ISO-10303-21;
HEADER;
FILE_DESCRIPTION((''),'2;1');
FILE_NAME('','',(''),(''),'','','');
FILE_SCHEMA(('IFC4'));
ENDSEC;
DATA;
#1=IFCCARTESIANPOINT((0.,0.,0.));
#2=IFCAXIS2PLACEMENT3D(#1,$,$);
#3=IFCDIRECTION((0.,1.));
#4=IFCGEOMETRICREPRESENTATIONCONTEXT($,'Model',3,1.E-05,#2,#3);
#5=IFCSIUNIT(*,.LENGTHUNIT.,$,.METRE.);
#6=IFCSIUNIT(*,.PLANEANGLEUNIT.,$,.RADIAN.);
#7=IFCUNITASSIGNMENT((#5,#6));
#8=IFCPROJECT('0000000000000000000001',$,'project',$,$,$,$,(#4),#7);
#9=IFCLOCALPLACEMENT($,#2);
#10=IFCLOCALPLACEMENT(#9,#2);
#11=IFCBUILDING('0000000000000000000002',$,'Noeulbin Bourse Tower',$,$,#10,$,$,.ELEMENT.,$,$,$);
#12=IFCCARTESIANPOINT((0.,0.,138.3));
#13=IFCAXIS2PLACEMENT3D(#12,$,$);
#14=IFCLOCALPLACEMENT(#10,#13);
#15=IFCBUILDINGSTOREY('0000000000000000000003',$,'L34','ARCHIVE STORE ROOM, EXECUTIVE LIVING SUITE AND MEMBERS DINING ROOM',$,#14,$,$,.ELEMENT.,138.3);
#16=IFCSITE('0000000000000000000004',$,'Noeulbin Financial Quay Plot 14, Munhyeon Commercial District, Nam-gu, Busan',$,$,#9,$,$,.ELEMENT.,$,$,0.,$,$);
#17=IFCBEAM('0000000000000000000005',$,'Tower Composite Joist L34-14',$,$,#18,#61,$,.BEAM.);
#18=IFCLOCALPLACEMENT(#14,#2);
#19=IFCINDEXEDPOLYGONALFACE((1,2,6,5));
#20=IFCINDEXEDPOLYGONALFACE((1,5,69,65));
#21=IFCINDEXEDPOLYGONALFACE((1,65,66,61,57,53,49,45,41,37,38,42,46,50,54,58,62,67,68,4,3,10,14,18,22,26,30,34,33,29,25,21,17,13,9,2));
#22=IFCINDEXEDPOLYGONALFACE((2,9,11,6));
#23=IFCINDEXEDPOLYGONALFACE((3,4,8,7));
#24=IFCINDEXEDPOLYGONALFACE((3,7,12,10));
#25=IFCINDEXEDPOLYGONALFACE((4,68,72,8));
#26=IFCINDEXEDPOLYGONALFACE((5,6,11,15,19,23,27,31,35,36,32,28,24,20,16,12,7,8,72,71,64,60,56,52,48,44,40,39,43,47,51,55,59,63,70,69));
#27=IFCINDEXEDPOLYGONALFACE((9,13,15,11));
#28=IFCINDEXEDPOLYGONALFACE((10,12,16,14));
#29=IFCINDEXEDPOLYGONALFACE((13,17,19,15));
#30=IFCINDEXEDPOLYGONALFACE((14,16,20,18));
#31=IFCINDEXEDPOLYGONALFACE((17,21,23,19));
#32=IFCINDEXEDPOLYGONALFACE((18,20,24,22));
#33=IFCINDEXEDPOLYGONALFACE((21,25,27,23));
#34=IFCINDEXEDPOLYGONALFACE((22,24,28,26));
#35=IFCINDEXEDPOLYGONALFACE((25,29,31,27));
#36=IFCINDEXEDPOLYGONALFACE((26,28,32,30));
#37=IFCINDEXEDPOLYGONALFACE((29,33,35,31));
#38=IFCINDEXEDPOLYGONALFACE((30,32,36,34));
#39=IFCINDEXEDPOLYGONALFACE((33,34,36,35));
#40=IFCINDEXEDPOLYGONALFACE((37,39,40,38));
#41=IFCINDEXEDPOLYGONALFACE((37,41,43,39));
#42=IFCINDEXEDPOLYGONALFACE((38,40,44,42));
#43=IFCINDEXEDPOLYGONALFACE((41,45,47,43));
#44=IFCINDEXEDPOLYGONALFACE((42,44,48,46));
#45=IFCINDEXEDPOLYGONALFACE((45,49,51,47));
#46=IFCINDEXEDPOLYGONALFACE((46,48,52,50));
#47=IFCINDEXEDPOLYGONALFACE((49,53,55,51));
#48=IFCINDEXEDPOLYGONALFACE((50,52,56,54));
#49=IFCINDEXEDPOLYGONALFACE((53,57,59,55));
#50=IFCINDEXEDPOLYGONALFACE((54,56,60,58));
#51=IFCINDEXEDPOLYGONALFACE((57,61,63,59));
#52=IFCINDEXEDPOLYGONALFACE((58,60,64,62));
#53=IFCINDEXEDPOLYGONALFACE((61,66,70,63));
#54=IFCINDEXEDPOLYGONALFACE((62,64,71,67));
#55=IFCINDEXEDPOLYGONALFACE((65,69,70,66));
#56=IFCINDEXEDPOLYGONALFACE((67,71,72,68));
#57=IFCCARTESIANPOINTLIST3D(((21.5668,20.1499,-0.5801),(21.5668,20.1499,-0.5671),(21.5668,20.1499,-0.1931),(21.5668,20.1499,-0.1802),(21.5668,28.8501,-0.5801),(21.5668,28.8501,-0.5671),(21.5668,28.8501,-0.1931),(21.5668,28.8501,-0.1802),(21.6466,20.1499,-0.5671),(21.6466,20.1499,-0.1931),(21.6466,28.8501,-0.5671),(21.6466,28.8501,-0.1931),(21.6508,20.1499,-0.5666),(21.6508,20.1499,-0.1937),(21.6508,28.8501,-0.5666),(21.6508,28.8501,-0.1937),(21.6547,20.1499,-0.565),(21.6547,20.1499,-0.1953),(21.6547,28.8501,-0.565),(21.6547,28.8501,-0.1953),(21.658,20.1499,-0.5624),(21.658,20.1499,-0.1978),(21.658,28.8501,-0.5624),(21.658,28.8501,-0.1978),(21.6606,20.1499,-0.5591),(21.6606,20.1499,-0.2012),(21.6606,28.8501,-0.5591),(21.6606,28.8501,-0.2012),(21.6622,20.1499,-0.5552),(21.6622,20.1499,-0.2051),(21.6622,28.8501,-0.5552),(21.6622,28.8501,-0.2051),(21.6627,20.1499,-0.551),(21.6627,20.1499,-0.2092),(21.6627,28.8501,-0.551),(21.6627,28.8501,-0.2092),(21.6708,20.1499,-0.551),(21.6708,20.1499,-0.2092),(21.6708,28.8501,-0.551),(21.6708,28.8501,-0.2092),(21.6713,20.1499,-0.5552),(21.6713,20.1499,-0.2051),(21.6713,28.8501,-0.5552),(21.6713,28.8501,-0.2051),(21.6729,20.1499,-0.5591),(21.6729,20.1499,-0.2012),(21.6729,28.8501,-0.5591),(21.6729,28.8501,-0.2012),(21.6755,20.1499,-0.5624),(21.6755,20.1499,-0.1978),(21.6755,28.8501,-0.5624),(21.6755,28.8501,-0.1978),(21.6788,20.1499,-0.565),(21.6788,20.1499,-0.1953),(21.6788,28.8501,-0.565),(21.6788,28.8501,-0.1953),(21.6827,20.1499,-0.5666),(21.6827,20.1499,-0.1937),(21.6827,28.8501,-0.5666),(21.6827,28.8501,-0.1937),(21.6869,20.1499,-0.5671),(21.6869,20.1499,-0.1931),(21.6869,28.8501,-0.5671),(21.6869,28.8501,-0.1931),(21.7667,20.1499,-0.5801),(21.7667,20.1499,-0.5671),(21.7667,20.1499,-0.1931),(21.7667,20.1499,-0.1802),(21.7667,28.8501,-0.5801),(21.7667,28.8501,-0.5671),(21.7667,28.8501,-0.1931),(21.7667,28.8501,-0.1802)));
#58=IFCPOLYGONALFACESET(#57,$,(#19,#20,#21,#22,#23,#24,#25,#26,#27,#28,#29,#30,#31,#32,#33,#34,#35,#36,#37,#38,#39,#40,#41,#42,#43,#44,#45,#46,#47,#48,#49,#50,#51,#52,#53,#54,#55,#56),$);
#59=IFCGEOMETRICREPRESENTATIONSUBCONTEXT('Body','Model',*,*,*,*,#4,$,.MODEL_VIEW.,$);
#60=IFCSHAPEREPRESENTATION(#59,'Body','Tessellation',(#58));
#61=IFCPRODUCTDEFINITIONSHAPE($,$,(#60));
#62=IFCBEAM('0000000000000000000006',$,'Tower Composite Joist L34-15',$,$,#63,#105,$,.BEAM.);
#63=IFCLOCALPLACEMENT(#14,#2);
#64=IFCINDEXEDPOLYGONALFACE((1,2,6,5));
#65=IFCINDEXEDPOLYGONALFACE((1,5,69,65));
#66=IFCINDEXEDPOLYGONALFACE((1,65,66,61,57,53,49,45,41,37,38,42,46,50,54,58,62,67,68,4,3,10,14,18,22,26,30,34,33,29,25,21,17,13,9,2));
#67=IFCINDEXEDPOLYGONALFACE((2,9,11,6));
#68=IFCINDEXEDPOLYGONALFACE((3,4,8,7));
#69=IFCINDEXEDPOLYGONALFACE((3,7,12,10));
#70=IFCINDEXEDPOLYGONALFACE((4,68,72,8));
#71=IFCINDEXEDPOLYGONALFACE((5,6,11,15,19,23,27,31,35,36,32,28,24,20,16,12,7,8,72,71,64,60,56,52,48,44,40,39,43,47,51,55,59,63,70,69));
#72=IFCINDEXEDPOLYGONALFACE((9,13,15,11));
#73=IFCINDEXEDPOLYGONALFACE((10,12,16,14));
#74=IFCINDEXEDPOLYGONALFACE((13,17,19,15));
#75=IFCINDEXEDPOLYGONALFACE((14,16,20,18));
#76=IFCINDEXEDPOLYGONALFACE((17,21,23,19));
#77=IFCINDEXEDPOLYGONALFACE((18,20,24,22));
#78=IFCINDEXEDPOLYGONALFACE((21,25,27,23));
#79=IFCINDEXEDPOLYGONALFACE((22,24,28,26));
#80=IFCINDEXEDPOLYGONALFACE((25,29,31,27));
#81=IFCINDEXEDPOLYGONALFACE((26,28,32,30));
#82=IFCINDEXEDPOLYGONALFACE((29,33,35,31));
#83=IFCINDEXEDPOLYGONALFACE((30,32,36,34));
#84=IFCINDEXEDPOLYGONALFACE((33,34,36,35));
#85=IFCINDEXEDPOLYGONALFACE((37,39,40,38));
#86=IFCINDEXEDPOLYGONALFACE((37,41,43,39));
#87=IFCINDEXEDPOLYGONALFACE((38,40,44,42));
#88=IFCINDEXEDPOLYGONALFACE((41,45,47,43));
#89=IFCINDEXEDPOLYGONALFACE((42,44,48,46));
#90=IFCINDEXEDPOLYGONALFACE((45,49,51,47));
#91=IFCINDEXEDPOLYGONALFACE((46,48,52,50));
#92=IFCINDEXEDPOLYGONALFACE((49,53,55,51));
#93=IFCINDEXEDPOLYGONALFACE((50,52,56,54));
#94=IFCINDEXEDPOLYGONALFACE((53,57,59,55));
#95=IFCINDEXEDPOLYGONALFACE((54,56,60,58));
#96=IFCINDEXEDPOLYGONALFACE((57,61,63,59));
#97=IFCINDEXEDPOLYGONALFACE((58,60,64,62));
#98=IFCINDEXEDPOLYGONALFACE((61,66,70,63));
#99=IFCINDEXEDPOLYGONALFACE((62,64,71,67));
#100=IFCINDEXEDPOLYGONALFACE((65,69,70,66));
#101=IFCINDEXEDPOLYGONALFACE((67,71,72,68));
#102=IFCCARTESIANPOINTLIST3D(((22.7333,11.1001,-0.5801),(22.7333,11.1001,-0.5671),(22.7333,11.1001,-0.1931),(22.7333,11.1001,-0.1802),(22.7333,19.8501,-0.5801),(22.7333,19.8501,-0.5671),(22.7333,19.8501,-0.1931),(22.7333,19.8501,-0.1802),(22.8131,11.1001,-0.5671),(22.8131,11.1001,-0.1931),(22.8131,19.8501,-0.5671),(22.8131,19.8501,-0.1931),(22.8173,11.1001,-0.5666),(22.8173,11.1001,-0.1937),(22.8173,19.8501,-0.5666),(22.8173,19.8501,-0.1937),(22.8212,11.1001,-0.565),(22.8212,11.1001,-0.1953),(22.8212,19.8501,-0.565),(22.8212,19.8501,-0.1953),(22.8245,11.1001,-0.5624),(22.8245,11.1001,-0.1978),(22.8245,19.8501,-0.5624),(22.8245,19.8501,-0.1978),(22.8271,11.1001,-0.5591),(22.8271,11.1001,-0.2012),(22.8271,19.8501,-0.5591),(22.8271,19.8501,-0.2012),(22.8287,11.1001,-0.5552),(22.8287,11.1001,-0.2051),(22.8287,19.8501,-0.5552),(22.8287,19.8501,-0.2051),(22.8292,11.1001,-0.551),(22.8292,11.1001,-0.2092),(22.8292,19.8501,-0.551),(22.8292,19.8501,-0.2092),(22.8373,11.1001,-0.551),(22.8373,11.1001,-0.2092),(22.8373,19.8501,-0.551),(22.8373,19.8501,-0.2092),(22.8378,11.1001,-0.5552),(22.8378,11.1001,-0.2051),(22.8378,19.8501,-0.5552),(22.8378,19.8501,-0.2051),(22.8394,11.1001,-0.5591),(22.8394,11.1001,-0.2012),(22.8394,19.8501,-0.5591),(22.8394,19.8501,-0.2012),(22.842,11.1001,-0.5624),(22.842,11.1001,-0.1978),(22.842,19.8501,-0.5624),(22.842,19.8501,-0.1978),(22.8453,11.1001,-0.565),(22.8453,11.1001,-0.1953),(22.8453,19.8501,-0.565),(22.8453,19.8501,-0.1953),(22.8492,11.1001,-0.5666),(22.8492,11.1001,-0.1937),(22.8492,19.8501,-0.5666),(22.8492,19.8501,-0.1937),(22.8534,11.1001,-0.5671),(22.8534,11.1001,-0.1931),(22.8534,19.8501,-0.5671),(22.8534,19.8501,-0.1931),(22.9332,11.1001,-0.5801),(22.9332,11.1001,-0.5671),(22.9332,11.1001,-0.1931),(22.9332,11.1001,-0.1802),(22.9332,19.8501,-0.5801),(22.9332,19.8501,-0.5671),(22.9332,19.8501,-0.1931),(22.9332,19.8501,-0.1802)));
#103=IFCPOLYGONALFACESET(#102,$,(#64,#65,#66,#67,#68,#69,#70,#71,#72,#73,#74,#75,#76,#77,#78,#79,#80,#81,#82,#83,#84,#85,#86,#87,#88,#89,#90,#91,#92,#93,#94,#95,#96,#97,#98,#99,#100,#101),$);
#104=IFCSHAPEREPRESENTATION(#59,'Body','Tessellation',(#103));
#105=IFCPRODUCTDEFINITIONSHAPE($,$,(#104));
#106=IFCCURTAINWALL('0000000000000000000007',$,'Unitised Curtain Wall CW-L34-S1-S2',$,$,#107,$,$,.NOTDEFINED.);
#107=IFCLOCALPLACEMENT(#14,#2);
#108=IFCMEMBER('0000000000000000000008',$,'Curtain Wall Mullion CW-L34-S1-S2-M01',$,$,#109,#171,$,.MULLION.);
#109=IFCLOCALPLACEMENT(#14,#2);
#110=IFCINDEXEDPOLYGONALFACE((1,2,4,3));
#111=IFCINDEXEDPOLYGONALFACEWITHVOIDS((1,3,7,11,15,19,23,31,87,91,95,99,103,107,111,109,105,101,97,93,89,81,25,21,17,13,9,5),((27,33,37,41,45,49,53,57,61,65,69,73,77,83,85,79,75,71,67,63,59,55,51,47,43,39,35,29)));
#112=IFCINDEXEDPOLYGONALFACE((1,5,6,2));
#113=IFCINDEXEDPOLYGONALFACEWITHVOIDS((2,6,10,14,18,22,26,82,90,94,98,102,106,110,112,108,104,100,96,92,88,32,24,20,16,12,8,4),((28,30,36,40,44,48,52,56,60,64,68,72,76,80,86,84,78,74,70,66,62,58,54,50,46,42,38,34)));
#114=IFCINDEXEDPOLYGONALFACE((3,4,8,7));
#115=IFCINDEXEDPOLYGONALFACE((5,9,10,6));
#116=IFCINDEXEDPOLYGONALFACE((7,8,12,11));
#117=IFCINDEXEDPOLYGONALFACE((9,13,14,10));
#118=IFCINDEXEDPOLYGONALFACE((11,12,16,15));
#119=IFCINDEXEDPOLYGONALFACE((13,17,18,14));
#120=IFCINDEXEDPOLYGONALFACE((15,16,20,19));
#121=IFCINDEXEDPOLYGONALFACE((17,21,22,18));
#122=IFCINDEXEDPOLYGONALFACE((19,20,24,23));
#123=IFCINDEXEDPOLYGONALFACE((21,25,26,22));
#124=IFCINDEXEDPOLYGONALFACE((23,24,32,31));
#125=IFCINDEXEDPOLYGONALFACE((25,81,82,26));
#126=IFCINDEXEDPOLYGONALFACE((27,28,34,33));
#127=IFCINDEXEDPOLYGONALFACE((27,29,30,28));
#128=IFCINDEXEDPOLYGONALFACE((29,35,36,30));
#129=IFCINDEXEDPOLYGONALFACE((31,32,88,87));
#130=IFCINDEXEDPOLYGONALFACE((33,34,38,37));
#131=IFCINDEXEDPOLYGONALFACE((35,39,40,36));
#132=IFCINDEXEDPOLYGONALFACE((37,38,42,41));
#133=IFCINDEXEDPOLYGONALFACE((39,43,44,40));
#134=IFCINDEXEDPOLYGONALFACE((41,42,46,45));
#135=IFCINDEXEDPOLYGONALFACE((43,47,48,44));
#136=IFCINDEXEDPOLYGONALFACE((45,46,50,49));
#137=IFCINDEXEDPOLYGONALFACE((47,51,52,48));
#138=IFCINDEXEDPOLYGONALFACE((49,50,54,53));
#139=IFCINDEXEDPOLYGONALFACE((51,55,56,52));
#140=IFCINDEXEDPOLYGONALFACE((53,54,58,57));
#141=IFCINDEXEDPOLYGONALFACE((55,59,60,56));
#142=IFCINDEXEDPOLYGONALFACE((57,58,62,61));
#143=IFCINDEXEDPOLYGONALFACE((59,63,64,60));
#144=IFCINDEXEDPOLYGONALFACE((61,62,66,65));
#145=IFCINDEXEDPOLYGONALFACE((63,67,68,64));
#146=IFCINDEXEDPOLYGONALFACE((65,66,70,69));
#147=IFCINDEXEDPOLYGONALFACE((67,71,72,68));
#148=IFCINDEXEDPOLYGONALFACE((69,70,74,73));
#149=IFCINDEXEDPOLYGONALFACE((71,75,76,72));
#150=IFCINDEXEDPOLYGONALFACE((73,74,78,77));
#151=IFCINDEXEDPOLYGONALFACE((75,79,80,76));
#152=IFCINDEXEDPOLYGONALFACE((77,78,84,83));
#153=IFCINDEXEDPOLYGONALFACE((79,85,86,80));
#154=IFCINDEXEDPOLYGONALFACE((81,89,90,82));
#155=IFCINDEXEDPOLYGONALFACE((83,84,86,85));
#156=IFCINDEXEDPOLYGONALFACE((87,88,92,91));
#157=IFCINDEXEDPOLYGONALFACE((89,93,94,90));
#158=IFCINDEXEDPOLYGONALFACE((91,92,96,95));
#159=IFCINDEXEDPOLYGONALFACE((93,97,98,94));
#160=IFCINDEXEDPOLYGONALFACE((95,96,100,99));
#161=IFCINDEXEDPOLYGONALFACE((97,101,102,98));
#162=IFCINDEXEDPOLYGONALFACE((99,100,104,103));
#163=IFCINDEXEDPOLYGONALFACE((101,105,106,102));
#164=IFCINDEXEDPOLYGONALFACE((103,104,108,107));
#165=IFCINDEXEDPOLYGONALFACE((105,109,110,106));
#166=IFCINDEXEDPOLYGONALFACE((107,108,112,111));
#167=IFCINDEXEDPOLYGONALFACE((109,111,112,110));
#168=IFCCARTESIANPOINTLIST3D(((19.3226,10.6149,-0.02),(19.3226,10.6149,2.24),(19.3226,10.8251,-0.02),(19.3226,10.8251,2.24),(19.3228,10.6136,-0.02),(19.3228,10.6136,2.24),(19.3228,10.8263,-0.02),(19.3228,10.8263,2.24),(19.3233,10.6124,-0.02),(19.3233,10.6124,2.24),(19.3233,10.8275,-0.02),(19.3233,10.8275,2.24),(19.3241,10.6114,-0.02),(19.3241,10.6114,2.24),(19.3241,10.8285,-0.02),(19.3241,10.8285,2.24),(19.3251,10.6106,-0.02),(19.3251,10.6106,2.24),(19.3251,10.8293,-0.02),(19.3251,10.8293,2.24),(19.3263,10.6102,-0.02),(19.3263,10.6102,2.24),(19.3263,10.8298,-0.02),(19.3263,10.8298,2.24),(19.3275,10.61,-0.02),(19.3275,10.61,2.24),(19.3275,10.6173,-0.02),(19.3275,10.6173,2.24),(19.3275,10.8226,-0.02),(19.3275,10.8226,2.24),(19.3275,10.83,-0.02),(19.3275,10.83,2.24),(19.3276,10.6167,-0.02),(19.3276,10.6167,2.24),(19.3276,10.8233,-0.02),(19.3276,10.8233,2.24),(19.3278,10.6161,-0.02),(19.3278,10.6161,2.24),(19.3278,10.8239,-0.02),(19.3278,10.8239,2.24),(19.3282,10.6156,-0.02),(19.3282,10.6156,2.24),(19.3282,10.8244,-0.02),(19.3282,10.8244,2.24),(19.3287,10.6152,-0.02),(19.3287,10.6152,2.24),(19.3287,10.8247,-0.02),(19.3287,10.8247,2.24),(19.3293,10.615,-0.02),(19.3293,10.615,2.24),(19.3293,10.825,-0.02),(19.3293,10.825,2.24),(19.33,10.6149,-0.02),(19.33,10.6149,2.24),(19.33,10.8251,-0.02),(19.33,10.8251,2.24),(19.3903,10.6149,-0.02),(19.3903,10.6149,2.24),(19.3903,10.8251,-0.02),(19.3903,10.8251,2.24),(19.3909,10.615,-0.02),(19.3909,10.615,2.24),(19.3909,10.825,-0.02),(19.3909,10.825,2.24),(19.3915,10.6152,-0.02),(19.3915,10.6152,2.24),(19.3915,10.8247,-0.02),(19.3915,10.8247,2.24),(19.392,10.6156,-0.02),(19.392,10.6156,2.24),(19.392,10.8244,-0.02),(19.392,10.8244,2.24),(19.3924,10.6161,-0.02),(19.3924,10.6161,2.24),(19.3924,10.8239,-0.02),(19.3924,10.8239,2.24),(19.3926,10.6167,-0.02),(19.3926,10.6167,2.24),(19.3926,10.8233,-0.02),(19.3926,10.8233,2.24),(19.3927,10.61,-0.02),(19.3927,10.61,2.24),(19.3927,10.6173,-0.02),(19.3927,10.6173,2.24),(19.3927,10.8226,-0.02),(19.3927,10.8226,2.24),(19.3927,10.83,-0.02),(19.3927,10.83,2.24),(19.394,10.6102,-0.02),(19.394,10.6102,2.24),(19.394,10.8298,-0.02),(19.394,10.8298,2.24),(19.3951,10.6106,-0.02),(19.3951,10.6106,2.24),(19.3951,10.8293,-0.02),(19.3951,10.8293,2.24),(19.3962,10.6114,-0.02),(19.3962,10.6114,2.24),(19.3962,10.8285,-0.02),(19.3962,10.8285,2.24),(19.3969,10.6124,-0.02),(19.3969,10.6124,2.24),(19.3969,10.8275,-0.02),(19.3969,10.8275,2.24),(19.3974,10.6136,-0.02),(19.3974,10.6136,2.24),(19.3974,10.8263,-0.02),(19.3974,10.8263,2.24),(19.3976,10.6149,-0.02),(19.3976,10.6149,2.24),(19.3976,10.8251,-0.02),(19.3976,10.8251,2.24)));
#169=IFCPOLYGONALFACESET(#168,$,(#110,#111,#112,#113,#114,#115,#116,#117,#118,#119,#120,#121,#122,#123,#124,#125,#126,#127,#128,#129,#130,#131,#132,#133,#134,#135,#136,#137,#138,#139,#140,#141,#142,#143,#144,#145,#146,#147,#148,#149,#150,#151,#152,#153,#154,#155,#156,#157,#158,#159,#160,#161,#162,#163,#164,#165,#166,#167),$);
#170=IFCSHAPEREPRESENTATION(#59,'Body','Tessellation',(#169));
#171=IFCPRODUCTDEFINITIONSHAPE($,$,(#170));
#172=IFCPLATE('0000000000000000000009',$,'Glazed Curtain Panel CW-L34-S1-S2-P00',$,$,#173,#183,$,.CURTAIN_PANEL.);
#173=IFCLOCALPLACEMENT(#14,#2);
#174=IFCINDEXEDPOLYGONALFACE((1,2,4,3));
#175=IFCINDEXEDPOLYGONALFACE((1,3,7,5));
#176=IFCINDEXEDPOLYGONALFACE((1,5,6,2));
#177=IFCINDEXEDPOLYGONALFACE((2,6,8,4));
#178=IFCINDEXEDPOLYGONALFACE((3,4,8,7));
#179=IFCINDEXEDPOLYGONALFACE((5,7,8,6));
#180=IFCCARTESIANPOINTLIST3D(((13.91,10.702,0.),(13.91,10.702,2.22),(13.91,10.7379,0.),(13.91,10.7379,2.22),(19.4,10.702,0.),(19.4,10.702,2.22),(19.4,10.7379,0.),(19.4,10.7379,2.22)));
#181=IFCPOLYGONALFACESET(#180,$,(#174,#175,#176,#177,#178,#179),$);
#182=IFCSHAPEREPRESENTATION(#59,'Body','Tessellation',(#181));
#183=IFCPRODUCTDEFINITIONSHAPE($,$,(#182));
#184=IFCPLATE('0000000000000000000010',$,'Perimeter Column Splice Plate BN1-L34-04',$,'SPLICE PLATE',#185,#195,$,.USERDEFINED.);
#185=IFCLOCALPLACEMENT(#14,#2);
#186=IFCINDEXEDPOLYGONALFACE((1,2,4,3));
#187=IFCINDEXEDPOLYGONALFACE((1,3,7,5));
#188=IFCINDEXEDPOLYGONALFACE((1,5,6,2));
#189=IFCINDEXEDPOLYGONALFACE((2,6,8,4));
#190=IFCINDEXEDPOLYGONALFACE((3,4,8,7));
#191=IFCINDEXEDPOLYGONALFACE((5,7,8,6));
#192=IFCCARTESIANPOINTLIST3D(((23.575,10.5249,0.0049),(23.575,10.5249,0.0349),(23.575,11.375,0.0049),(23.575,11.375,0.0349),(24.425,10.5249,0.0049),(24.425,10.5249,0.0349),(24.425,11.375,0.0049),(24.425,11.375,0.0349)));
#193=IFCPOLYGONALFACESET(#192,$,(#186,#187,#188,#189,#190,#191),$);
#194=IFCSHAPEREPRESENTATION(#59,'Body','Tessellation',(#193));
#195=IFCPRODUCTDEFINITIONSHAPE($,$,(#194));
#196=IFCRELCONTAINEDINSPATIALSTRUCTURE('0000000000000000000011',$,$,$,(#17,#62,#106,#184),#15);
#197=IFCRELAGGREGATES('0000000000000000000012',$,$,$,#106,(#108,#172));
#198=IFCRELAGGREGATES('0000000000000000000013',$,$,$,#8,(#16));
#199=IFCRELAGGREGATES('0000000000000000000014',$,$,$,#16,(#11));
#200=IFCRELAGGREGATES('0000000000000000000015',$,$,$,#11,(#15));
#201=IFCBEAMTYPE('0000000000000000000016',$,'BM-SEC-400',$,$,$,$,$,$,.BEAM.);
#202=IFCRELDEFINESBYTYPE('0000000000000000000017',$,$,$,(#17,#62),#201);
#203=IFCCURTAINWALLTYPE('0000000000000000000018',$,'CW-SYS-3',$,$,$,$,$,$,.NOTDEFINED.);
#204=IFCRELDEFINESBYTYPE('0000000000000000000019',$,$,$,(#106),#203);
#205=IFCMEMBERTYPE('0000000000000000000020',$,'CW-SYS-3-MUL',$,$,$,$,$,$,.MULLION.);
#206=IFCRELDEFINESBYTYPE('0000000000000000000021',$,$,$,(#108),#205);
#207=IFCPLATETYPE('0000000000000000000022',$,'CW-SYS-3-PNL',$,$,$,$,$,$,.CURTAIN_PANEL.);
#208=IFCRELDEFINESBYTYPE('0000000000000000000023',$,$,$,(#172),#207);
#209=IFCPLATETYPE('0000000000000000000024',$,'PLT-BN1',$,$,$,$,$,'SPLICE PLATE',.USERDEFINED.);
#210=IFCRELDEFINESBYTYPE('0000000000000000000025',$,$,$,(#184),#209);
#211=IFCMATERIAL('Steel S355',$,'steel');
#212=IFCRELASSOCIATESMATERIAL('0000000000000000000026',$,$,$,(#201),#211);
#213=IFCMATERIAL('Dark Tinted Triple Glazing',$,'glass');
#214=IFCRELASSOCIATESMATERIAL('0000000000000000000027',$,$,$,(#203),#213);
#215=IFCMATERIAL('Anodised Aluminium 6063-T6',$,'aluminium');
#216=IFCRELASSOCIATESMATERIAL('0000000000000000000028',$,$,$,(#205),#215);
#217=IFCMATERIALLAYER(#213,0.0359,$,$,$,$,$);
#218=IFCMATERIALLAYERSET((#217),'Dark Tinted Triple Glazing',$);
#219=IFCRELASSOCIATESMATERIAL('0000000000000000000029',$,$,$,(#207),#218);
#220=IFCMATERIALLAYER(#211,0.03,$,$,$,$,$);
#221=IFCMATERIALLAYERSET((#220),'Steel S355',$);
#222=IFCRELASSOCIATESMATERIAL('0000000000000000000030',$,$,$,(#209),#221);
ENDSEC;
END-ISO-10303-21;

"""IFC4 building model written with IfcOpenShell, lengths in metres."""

from ifc_helpers import new_model, si_unit, direction, frame, origin, origin_2d, place, context, subcontext, project, spatial, rectangle, hollow_rectangle, i_section, extrude, material, layer, layer_set, material_profile, profile_set, type_object, element, aggregate, save


model = new_model("IFC4")

# Units and contexts
model_context = context("Model", 3, precision=1e-05, world=origin(), true_north=direction((0.0, 1.0)))
body_context = subcontext(model_context, "Body", "Model", "MODEL_VIEW")
ifc_project = project(units=[si_unit("LENGTHUNIT", "METRE"), si_unit("PLANEANGLEUNIT", "RADIAN")], contexts=[model_context])

# Site, building, storey
site_placement = place(None, origin())
site = spatial("IfcSite", under=ifc_project, at=site_placement, Name="Noeulbin Financial Quay Plot 14, Munhyeon Commercial District, Nam-gu, Busan", CompositionType="ELEMENT", RefElevation=0.0)
building_placement = place(site_placement, origin())
building = spatial("IfcBuilding", under=site, at=building_placement, Name="Noeulbin Bourse Tower", CompositionType="ELEMENT")
storey_placement = place(building_placement, frame((0.0, 0.0, 138.3)))
storey = spatial("IfcBuildingStorey", under=building, at=storey_placement, Name="L34", Description="ARCHIVE STORE ROOM, EXECUTIVE LIVING SUITE AND MEMBERS DINING ROOM", CompositionType="ELEMENT", Elevation=138.3)

# Shared definitions
ifc_material_1 = material(Name="Steel S355", Category="steel")

# Beams
ifc_material_profile_1 = material_profile(ifc_material_1, i_section(OverallWidth=0.2, OverallDepth=0.3999, WebThickness=0.0081, FlangeThickness=0.0129, FilletRadius=0.0161, at=origin_2d()), Name="H-400x200x8x13", Category="LoadBearing")
ifc_profile_set_1 = profile_set([ifc_material_profile_1], Name="Steel S355")
beam_type = type_object("IfcBeamType", Name="BM-SEC-400", PredefinedType="BEAM", material=ifc_profile_set_1)
beam_1_placement = place(storey_placement, frame((21.6667, 20.1499, -0.3801), z_axis=(0.0, 1.0, 0.0), x_axis=(-1.0, 0.0, 0.0)))
element("IfcBeam", 1, at=beam_1_placement, inside=storey, type_object=beam_type, Name="Tower Composite Joist L34-14", PredefinedType="BEAM", context=body_context, shape_type="SweptSolid", body=[
    extrude(i_section(OverallWidth=0.2, OverallDepth=0.3999, WebThickness=0.0081, FlangeThickness=0.0129, FilletRadius=0.0161, at=origin_2d()), origin(), (0.0, 0.0, 1.0), 8.7002),
])
beam_2_placement = place(storey_placement, frame((22.8333, 11.1001, -0.3801), z_axis=(0.0, 1.0, 0.0), x_axis=(-1.0, 0.0, 0.0)))
element("IfcBeam", 2, at=beam_2_placement, inside=storey, type_object=beam_type, Name="Tower Composite Joist L34-15", PredefinedType="BEAM", context=body_context, shape_type="SweptSolid", body=[
    extrude(i_section(OverallWidth=0.2, OverallDepth=0.3999, WebThickness=0.0081, FlangeThickness=0.0129, FilletRadius=0.0161, at=origin_2d()), origin(), (0.0, 0.0, 1.0), 8.75),
])

# Curtain wall, member, plate
ifc_material_2 = material(Name="Dark Tinted Triple Glazing", Category="glass")
curtain_wall_type = type_object("IfcCurtainWallType", Name="CW-SYS-3", PredefinedType="NOTDEFINED", material=ifc_material_2)
curtain_wall_placement = place(storey_placement, origin())
curtain_wall = element("IfcCurtainWall", 3, at=curtain_wall_placement, inside=storey, type_object=curtain_wall_type, Name="Unitised Curtain Wall CW-L34-S1-S2", PredefinedType="NOTDEFINED")
ifc_material_3 = material(Name="Anodised Aluminium 6063-T6", Category="aluminium")
ifc_material_profile_2 = material_profile(ifc_material_3, hollow_rectangle(XDim=0.075, YDim=0.22, WallThickness=0.0049, InnerFilletRadius=0.0024, OuterFilletRadius=0.0049, at=origin_2d()), Name="ALU-MULL-75x220x5", Category="LoadBearing")
ifc_profile_set_2 = profile_set([ifc_material_profile_2], Name="Anodised Aluminium 6063-T6")
member_type = type_object("IfcMemberType", Name="CW-SYS-3-MUL", PredefinedType="MULLION", material=ifc_profile_set_2)
member_placement = place(storey_placement, frame((19.3601, 10.72, -0.02), z_axis=(0.0, 0.0, 1.0), x_axis=(1.0, 0.0, 0.0)))
member = element("IfcMember", 4, at=member_placement, type_object=member_type, Name="Curtain Wall Mullion CW-L34-S1-S2-M01", PredefinedType="MULLION", context=body_context, shape_type="SweptSolid", body=[
    extrude(hollow_rectangle(XDim=0.075, YDim=0.22, WallThickness=0.0049, InnerFilletRadius=0.0024, OuterFilletRadius=0.0049, at=origin_2d()), origin(), (0.0, 0.0, 1.0), 2.26),
])
ifc_layer_1 = layer(ifc_material_2, 0.0359)
ifc_layer_set_1 = layer_set([ifc_layer_1], Name="Dark Tinted Triple Glazing")
plate_type_1 = type_object("IfcPlateType", Name="CW-SYS-3-PNL", PredefinedType="CURTAIN_PANEL", material=ifc_layer_set_1)
plate_1_placement = place(storey_placement, frame((16.655, 10.72, 0.0), z_axis=(0.0, 0.0, 1.0), x_axis=(1.0, 0.0, 0.0)))
plate_1 = element("IfcPlate", 5, at=plate_1_placement, type_object=plate_type_1, Name="Glazed Curtain Panel CW-L34-S1-S2-P00", PredefinedType="CURTAIN_PANEL", context=body_context, shape_type="SweptSolid", body=[
    extrude(rectangle(XDim=5.49, YDim=0.0359, at=origin_2d()), origin(), (0.0, 0.0, 1.0), 2.22),
])
aggregate(curtain_wall, [member, plate_1])

# Plate
ifc_layer_2 = layer(ifc_material_1, 0.03)
ifc_layer_set_2 = layer_set([ifc_layer_2], Name="Steel S355")
plate_type_2 = type_object("IfcPlateType", Name="PLT-BN1", ElementType="SPLICE PLATE", PredefinedType="USERDEFINED", material=ifc_layer_set_2)
plate_2_placement = place(storey_placement, frame((24.0, 10.95, 0.0049), z_axis=(0.0, 0.0, 1.0), x_axis=(1.0, 0.0, 0.0)))
element("IfcPlate", 6, at=plate_2_placement, inside=storey, type_object=plate_type_2, Name="Perimeter Column Splice Plate BN1-L34-04", ObjectType="SPLICE PLATE", PredefinedType="USERDEFINED", context=body_context, shape_type="SweptSolid", body=[
    extrude(rectangle(XDim=0.8501, YDim=0.8501, at=origin_2d()), origin(), (0.0, 0.0, 1.0), 0.03),
])

save(model, "model.ifc")
